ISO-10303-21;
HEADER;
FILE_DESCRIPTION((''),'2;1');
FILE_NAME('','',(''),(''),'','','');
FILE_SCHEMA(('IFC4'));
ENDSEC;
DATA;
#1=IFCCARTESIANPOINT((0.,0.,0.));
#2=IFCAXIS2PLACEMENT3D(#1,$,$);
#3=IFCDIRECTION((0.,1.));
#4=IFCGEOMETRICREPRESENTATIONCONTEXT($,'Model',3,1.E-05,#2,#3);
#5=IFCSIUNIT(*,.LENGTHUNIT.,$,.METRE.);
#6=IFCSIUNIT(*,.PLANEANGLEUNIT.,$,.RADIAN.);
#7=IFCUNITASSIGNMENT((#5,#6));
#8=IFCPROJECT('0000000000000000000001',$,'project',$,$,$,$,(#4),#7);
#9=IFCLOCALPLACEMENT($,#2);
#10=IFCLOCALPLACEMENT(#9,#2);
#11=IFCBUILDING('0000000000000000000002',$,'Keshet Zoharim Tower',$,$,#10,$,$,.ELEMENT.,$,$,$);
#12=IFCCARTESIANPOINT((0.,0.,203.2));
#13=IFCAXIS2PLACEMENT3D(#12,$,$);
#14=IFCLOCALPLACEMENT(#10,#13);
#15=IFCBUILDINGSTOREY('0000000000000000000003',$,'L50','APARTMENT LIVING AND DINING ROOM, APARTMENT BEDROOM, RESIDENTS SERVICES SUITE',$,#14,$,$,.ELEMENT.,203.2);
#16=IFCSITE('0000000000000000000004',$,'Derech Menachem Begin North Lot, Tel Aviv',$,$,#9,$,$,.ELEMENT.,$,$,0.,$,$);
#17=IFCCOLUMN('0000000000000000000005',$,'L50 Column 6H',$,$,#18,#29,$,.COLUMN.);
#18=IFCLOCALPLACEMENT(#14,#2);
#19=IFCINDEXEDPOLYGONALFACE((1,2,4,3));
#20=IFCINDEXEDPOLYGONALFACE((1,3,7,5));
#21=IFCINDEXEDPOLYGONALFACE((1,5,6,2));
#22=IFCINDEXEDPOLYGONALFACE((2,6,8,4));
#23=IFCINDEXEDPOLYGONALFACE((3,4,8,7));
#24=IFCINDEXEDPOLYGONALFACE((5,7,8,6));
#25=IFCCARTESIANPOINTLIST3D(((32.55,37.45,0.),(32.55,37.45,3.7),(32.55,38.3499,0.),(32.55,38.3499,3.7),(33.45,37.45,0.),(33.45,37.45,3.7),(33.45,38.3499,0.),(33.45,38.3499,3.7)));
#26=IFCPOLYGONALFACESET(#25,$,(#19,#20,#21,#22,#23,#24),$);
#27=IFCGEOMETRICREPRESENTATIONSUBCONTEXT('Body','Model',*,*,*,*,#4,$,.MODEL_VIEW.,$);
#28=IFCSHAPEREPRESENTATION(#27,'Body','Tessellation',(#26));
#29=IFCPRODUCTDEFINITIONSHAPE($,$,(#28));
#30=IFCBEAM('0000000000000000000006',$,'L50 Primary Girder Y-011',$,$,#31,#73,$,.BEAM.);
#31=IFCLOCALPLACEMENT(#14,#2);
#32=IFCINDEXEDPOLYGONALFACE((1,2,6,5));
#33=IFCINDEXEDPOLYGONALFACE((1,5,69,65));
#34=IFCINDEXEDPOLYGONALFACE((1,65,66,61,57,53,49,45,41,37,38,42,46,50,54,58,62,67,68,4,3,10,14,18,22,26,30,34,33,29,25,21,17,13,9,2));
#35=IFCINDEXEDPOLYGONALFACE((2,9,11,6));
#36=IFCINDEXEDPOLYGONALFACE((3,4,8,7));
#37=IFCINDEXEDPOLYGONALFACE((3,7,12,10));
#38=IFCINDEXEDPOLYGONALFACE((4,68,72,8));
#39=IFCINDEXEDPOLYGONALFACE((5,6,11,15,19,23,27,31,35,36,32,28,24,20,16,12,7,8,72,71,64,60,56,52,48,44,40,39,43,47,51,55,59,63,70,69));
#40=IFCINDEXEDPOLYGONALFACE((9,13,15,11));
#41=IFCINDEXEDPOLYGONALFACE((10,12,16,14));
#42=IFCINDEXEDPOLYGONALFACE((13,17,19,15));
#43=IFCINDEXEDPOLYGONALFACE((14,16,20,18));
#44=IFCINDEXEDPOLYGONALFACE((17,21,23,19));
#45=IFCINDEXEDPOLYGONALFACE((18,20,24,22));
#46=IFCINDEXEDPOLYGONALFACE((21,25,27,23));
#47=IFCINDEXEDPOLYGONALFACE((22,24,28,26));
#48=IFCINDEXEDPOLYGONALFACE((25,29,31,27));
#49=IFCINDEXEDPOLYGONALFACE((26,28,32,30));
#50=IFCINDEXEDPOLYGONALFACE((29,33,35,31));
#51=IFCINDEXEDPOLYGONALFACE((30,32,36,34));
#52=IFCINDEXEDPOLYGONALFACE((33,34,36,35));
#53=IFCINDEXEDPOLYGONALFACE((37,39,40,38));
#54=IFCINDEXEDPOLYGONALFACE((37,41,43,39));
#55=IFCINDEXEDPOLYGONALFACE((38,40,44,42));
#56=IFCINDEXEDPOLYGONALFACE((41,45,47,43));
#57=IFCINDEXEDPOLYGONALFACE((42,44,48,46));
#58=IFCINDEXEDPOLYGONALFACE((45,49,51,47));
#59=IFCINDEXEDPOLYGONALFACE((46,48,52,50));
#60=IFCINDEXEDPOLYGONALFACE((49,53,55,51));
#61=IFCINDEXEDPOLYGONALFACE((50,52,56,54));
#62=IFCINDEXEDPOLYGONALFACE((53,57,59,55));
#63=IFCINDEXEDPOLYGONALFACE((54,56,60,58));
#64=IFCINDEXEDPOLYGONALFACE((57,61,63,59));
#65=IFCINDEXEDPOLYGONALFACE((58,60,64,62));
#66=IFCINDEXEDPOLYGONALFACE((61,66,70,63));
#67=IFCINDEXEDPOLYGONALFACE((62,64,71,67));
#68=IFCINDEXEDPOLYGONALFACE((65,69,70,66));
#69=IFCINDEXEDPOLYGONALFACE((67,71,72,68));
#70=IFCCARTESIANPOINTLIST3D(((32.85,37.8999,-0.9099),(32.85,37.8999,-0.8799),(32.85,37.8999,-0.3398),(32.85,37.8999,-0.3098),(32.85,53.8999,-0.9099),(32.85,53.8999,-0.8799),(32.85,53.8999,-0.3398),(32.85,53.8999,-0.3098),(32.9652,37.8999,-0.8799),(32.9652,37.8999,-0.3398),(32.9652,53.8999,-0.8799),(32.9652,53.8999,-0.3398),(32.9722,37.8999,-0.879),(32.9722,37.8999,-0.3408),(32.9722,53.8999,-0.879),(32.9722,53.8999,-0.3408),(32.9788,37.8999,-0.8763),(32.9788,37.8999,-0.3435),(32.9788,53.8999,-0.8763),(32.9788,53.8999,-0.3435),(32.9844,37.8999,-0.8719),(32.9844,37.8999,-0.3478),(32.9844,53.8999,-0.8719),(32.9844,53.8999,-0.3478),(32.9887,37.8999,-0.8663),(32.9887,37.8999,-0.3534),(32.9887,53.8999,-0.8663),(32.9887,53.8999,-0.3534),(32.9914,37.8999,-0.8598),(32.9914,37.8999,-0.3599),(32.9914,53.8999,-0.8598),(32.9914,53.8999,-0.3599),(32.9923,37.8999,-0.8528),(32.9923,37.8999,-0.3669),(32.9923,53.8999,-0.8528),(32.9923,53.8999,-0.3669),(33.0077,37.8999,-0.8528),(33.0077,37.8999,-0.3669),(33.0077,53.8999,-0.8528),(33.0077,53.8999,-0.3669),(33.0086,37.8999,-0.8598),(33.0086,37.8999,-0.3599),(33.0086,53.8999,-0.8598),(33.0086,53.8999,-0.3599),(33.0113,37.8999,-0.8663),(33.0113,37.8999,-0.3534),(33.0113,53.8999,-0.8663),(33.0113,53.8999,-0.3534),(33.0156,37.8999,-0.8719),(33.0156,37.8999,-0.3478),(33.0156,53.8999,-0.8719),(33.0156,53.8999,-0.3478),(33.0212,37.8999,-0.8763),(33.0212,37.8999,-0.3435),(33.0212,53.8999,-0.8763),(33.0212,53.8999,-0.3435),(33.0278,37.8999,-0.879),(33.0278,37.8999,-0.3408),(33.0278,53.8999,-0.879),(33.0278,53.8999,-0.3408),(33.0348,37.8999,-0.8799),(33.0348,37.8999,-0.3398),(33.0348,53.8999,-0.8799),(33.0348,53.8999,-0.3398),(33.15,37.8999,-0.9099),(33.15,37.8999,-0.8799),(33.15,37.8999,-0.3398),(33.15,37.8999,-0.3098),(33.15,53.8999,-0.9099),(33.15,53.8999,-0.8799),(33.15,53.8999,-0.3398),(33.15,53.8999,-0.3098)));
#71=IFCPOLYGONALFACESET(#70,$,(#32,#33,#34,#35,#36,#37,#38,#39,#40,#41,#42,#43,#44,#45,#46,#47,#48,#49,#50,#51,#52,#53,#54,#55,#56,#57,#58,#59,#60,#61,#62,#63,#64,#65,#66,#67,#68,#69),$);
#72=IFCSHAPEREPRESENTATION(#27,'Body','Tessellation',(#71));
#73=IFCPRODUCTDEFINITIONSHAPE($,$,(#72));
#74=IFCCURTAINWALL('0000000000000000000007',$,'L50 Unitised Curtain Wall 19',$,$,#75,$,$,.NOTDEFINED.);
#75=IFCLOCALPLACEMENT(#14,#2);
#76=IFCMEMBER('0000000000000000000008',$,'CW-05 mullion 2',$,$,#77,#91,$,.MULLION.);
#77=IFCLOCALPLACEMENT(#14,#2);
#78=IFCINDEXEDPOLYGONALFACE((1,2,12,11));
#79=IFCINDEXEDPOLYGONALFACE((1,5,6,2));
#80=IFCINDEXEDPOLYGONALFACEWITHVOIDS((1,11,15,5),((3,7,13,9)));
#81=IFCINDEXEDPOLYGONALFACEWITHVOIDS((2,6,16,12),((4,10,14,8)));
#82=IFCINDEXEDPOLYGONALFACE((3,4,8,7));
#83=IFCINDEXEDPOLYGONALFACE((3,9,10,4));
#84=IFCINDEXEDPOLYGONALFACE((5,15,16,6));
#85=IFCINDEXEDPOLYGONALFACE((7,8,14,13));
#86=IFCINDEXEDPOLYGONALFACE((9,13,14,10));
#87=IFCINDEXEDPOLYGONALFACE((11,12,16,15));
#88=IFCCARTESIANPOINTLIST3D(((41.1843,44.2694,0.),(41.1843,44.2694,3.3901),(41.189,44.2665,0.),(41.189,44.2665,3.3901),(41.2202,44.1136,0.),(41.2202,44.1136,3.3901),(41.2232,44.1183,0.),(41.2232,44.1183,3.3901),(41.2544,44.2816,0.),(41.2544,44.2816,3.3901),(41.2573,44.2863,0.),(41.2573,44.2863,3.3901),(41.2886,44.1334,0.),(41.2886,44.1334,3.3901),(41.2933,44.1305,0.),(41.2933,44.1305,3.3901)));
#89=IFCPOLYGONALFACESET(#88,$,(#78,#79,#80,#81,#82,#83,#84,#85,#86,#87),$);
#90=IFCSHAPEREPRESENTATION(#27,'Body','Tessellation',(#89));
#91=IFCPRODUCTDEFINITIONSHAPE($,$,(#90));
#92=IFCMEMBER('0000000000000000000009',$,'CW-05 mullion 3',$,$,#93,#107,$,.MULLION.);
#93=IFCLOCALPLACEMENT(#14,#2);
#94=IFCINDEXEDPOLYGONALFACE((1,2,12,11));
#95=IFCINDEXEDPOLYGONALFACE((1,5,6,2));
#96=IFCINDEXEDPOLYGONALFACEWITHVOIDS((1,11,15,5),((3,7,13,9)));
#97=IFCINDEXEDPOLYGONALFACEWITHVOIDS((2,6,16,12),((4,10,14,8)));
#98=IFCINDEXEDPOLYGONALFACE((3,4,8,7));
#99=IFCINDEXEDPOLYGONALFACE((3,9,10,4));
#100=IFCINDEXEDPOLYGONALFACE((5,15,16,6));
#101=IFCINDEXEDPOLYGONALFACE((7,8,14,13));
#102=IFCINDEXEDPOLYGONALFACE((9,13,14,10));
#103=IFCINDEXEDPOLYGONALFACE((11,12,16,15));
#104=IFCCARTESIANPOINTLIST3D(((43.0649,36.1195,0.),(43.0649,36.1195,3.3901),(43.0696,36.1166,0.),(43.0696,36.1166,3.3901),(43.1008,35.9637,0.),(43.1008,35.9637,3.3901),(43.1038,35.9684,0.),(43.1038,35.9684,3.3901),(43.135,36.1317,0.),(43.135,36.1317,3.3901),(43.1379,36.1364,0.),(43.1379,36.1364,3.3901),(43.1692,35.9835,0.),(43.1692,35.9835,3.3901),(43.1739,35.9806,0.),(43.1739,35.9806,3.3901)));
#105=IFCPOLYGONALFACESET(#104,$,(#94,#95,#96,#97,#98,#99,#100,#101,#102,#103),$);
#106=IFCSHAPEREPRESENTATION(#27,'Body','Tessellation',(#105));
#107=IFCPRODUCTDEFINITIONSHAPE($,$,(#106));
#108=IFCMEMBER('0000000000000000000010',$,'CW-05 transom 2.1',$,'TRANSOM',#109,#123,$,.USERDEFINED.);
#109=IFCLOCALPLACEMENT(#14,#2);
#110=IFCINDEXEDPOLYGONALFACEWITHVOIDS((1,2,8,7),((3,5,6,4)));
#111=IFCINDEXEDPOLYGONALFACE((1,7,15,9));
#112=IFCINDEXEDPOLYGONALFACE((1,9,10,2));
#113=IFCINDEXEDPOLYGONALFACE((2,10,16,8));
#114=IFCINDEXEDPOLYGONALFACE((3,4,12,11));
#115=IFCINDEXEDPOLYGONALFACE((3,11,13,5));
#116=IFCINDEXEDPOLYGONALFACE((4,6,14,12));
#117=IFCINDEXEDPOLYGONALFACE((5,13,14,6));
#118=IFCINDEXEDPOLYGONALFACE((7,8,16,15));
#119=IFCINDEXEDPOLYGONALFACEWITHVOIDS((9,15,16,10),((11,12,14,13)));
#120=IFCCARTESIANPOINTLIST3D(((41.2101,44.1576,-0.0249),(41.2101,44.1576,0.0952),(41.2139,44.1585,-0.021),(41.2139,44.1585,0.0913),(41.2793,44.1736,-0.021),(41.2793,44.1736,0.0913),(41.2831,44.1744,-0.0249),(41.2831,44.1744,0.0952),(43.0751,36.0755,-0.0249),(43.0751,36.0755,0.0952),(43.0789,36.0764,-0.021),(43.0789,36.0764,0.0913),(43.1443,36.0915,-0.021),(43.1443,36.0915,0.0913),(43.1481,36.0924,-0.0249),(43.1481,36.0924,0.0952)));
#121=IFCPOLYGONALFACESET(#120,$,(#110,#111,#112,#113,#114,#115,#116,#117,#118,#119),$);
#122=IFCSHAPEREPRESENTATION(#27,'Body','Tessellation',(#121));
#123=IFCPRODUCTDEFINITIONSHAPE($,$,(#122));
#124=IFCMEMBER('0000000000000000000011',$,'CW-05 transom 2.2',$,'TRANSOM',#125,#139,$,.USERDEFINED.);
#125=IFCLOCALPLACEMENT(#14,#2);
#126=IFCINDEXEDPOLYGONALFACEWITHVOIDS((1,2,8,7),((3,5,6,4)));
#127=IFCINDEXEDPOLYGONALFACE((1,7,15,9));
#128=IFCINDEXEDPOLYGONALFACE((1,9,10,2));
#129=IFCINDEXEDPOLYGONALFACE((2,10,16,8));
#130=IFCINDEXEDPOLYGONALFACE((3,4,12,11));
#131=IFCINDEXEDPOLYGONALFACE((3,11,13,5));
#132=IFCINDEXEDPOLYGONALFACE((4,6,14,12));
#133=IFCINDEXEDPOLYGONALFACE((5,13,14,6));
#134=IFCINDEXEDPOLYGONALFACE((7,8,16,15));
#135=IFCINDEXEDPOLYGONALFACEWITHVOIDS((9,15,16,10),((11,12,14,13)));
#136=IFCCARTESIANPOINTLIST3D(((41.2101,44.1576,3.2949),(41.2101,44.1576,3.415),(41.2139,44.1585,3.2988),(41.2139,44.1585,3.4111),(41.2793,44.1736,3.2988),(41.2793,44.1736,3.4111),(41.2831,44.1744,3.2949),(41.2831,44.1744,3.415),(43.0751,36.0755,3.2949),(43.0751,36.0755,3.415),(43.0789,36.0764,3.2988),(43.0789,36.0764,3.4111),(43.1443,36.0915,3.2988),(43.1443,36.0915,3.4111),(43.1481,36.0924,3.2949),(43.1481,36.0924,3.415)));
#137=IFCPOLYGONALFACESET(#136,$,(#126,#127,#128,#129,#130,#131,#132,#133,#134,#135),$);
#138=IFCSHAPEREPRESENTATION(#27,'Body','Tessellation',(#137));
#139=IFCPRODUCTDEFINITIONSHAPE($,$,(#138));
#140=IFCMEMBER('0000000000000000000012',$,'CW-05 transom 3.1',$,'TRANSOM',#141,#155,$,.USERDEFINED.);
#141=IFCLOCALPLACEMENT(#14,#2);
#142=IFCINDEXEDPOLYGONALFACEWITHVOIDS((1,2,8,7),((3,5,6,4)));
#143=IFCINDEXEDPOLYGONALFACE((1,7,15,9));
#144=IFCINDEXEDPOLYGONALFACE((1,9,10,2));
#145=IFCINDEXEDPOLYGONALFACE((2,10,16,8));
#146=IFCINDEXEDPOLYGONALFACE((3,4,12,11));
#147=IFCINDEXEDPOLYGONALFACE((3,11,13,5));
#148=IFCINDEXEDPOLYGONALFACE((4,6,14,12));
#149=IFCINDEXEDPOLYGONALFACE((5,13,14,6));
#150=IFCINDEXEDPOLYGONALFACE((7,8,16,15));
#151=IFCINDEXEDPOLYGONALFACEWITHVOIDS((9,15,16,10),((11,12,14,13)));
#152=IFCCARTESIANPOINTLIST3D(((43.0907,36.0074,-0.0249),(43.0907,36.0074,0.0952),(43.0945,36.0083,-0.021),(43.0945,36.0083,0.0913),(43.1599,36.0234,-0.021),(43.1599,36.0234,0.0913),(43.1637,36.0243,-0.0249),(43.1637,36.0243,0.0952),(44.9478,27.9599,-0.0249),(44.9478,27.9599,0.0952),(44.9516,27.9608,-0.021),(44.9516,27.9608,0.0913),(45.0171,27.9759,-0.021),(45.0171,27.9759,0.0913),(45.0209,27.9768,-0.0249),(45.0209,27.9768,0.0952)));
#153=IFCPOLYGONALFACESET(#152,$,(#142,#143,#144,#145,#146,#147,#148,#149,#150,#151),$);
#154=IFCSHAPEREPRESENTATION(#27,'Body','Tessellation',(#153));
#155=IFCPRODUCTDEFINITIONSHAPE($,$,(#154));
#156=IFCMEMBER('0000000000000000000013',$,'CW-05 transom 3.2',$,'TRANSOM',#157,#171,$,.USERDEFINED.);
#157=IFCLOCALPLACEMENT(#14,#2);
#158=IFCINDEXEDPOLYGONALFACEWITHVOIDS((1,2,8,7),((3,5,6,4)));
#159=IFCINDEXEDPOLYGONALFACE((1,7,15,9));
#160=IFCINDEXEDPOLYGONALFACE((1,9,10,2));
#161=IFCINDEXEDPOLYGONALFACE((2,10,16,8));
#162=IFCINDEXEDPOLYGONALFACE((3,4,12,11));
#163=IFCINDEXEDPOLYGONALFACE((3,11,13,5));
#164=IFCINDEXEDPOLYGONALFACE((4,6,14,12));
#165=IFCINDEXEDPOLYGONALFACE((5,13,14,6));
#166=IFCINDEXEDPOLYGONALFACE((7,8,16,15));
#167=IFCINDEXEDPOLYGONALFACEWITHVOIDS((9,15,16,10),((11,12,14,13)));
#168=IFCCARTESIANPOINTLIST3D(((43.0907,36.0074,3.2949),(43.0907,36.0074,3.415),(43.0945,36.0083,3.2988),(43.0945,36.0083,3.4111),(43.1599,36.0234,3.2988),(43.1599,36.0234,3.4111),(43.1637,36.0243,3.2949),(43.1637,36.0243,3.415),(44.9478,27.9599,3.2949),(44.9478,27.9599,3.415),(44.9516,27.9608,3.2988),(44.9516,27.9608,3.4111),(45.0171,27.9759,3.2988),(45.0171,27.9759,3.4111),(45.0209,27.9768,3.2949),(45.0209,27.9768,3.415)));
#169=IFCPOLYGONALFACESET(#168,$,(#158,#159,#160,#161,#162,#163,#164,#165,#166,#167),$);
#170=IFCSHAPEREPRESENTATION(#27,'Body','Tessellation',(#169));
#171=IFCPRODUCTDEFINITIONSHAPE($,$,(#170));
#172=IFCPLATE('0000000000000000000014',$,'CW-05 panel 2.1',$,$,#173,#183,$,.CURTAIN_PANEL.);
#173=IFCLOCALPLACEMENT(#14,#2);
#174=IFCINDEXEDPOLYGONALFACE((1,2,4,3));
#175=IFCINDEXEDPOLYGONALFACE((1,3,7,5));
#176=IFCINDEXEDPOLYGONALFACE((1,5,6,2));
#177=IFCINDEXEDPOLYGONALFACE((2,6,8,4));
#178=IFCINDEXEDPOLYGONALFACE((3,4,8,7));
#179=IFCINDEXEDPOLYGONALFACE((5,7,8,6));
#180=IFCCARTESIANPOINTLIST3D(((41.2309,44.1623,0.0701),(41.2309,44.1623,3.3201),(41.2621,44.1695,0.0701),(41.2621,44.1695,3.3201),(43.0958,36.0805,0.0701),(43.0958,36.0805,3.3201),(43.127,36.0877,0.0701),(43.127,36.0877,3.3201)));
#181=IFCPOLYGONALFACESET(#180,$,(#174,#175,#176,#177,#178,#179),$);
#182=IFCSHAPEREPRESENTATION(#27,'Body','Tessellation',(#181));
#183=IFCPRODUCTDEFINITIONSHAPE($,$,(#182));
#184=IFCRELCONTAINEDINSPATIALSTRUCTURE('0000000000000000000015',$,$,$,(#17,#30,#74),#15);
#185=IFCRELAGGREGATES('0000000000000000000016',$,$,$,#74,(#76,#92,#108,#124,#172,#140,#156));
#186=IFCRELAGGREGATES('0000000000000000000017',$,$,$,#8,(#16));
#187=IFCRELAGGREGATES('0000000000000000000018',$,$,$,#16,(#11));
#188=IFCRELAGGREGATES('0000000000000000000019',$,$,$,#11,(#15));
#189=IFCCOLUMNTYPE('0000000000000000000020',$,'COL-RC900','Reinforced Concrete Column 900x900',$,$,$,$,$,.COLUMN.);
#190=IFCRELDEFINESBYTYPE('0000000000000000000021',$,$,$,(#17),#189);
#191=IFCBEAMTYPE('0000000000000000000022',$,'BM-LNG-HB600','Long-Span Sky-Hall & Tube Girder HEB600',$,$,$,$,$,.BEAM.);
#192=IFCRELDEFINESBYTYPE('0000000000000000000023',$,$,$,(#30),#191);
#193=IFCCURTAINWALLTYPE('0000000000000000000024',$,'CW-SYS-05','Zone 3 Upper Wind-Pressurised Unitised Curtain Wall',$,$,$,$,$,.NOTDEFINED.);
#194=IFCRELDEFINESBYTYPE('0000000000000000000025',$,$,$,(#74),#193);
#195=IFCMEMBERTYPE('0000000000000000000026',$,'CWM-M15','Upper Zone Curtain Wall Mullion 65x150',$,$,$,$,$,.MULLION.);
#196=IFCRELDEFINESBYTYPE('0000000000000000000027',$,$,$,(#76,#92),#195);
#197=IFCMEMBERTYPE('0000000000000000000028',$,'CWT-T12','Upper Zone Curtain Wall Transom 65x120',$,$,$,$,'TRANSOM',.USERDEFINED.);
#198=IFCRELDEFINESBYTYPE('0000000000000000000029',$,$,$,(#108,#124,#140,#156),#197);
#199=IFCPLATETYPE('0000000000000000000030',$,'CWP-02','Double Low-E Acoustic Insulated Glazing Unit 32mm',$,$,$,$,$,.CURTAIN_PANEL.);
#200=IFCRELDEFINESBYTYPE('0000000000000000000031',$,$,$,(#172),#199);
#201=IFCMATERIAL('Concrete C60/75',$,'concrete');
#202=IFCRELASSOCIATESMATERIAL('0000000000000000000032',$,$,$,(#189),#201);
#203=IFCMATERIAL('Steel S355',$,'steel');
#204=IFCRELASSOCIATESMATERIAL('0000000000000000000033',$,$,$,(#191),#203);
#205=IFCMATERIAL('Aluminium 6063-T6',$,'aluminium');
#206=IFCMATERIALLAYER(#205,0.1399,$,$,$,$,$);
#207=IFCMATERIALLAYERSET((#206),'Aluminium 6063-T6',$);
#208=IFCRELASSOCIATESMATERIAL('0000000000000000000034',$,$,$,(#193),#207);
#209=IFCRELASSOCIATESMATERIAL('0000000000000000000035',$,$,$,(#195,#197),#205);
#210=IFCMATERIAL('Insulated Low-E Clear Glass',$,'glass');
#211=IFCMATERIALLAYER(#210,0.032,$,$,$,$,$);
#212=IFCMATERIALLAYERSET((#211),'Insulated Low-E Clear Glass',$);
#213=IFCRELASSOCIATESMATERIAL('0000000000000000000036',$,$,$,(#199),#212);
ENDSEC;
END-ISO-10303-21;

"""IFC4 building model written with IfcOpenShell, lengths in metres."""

from ifc_helpers import new_model, si_unit, direction, frame, origin, origin_2d, place, context, subcontext, project, spatial, rectangle, hollow_rectangle, i_section, extrude, material, layer, layer_set, material_profile, profile_set, type_object, element, aggregate, save


model = new_model("IFC4")

# Units and contexts
model_context = context("Model", 3, precision=1e-05, world=origin(), true_north=direction((0.0, 1.0)))
body_context = subcontext(model_context, "Body", "Model", "MODEL_VIEW")
ifc_project = project(units=[si_unit("LENGTHUNIT", "METRE"), si_unit("PLANEANGLEUNIT", "RADIAN")], contexts=[model_context])

# Site, building, storey
site_placement = place(None, origin())
site = spatial("IfcSite", under=ifc_project, at=site_placement, Name="Derech Menachem Begin North Lot, Tel Aviv", CompositionType="ELEMENT", RefElevation=0.0)
building_placement = place(site_placement, origin())
building = spatial("IfcBuilding", under=site, at=building_placement, Name="Keshet Zoharim Tower", CompositionType="ELEMENT")
storey_placement = place(building_placement, frame((0.0, 0.0, 203.2)))
storey = spatial("IfcBuildingStorey", under=building, at=storey_placement, Name="L50", Description="APARTMENT LIVING AND DINING ROOM, APARTMENT BEDROOM, RESIDENTS SERVICES SUITE", CompositionType="ELEMENT", Elevation=203.2)

# Column
ifc_material_1 = material(Name="Concrete C60/75", Category="concrete")
ifc_material_profile_1 = material_profile(ifc_material_1, rectangle(XDim=0.8999, YDim=0.8999, at=origin_2d()), Name="RC900x900")
ifc_profile_set_1 = profile_set([ifc_material_profile_1], Name="Concrete C60/75")
column_type = type_object("IfcColumnType", Name="COL-RC900", Description="Reinforced Concrete Column 900x900", PredefinedType="COLUMN", material=ifc_profile_set_1)
column_placement = place(storey_placement, frame((33.0, 37.8999, 0.0), z_axis=(0.0, 0.0, 1.0), x_axis=(1.0, 0.0, 0.0)))
element("IfcColumn", 1, at=column_placement, inside=storey, type_object=column_type, Name="L50 Column 6H", PredefinedType="COLUMN", context=body_context, shape_type="SweptSolid", body=[
    extrude(rectangle(XDim=0.8999, YDim=0.8999, at=origin_2d()), origin(), (0.0, 0.0, 1.0), 3.7),
])

# Beam
ifc_material_2 = material(Name="Steel S355", Category="steel")
ifc_material_profile_2 = material_profile(ifc_material_2, i_section(OverallWidth=0.3, OverallDepth=0.6001, WebThickness=0.0154, FlangeThickness=0.03, FilletRadius=0.0271, at=origin_2d()), Name="HEB600")
ifc_profile_set_2 = profile_set([ifc_material_profile_2], Name="Steel S355")
beam_type = type_object("IfcBeamType", Name="BM-LNG-HB600", Description="Long-Span Sky-Hall & Tube Girder HEB600", PredefinedType="BEAM", material=ifc_profile_set_2)
beam_placement = place(storey_placement, frame((33.0, 37.8999, -0.6099), z_axis=(0.0, 1.0, 0.0), x_axis=(-1.0, 0.0, 0.0)))
element("IfcBeam", 2, at=beam_placement, inside=storey, type_object=beam_type, Name="L50 Primary Girder Y-011", PredefinedType="BEAM", context=body_context, shape_type="SweptSolid", body=[
    extrude(i_section(OverallWidth=0.3, OverallDepth=0.6001, WebThickness=0.0154, FlangeThickness=0.03, FilletRadius=0.0271, at=origin_2d()), origin(), (0.0, 0.0, 1.0), 16.0),
])

# Curtain wall, members, plate
ifc_material_3 = material(Name="Aluminium 6063-T6", Category="aluminium")
ifc_layer_1 = layer(ifc_material_3, 0.1399)
ifc_layer_set_1 = layer_set([ifc_layer_1], Name="Aluminium 6063-T6")
curtain_wall_type = type_object("IfcCurtainWallType", Name="CW-SYS-05", Description="Zone 3 Upper Wind-Pressurised Unitised Curtain Wall", PredefinedType="NOTDEFINED", material=ifc_layer_set_1)
curtain_wall_placement = place(storey_placement, origin())
curtain_wall = element("IfcCurtainWall", 3, at=curtain_wall_placement, inside=storey, type_object=curtain_wall_type, Name="L50 Unitised Curtain Wall 19", PredefinedType="NOTDEFINED")
ifc_material_profile_3 = material_profile(ifc_material_3, hollow_rectangle(XDim=0.075, YDim=0.1599, WallThickness=0.0039, at=origin_2d()), Name="MUL-75x160")
ifc_profile_set_3 = profile_set([ifc_material_profile_3], Name="Aluminium 6063-T6")
member_type_1 = type_object("IfcMemberType", Name="CWM-M15", Description="Upper Zone Curtain Wall Mullion 65x150", PredefinedType="MULLION", material=ifc_profile_set_3)
member_1_placement = place(storey_placement, frame((41.2388, 44.2, 0.0), z_axis=(0.0, 0.0, 1.0), x_axis=(0.974394, 0.224848, 0.0)))
member_1 = element("IfcMember", 4, at=member_1_placement, type_object=member_type_1, Name="CW-05 mullion 2", PredefinedType="MULLION", context=body_context, shape_type="SweptSolid", body=[
    extrude(hollow_rectangle(XDim=0.075, YDim=0.1599, WallThickness=0.0039, at=origin_2d()), origin(), (0.0, 0.0, 1.0), 3.3901),
])
member_2_placement = place(storey_placement, frame((43.1194, 36.05, 0.0), z_axis=(0.0, 0.0, 1.0), x_axis=(0.974394, 0.224848, 0.0)))
member_2 = element("IfcMember", 5, at=member_2_placement, type_object=member_type_1, Name="CW-05 mullion 3", PredefinedType="MULLION", context=body_context, shape_type="SweptSolid", body=[
    extrude(hollow_rectangle(XDim=0.075, YDim=0.1599, WallThickness=0.0039, at=origin_2d()), origin(), (0.0, 0.0, 1.0), 3.3901),
])
ifc_material_profile_4 = material_profile(ifc_material_3, hollow_rectangle(XDim=0.075, YDim=0.1201, WallThickness=0.0039, at=origin_2d()), Name="TRN-75x120")
ifc_profile_set_4 = profile_set([ifc_material_profile_4], Name="Aluminium 6063-T6")
member_type_2 = type_object("IfcMemberType", Name="CWT-T12", Description="Upper Zone Curtain Wall Transom 65x120", ElementType="TRANSOM", PredefinedType="USERDEFINED", material=ifc_profile_set_4)
member_3_placement = place(storey_placement, frame((41.2466, 44.166, 0.0352), z_axis=(0.224849, -0.974394, 0.0), x_axis=(0.974394, 0.224849, 0.0)))
member_3 = element("IfcMember", 6, at=member_3_placement, type_object=member_type_2, Name="CW-05 transom 2.1", ObjectType="TRANSOM", PredefinedType="USERDEFINED", context=body_context, shape_type="SweptSolid", body=[
    extrude(hollow_rectangle(XDim=0.075, YDim=0.1201, WallThickness=0.0039, at=origin_2d()), origin(), (0.0, 0.0, 1.0), 8.2944),
])
member_4_placement = place(storey_placement, frame((41.2466, 44.166, 3.355), z_axis=(0.224849, -0.974394, 0.0), x_axis=(0.974394, 0.224849, 0.0)))
member_4 = element("IfcMember", 7, at=member_4_placement, type_object=member_type_2, Name="CW-05 transom 2.2", ObjectType="TRANSOM", PredefinedType="USERDEFINED", context=body_context, shape_type="SweptSolid", body=[
    extrude(hollow_rectangle(XDim=0.075, YDim=0.1201, WallThickness=0.0039, at=origin_2d()), origin(), (0.0, 0.0, 1.0), 8.2944),
])
member_5_placement = place(storey_placement, frame((43.1272, 36.0159, 0.0352), z_axis=(0.224864, -0.97439, 0.0), x_axis=(0.97439, 0.224864, 0.0)))
member_5 = element("IfcMember", 8, at=member_5_placement, type_object=member_type_2, Name="CW-05 transom 3.1", ObjectType="TRANSOM", PredefinedType="USERDEFINED", context=body_context, shape_type="SweptSolid", body=[
    extrude(hollow_rectangle(XDim=0.075, YDim=0.1201, WallThickness=0.0039, at=origin_2d()), origin(), (0.0, 0.0, 1.0), 8.259),
])
member_6_placement = place(storey_placement, frame((43.1272, 36.0159, 3.355), z_axis=(0.224864, -0.97439, 0.0), x_axis=(0.97439, 0.224864, 0.0)))
member_6 = element("IfcMember", 9, at=member_6_placement, type_object=member_type_2, Name="CW-05 transom 3.2", ObjectType="TRANSOM", PredefinedType="USERDEFINED", context=body_context, shape_type="SweptSolid", body=[
    extrude(hollow_rectangle(XDim=0.075, YDim=0.1201, WallThickness=0.0039, at=origin_2d()), origin(), (0.0, 0.0, 1.0), 8.259),
])
ifc_material_4 = material(Name="Insulated Low-E Clear Glass", Category="glass")
ifc_layer_2 = layer(ifc_material_4, 0.032)
ifc_layer_set_2 = layer_set([ifc_layer_2], Name="Insulated Low-E Clear Glass")
plate_type = type_object("IfcPlateType", Name="CWP-02", Description="Double Low-E Acoustic Insulated Glazing Unit 32mm", PredefinedType="CURTAIN_PANEL", material=ifc_layer_set_2)
plate_placement = place(storey_placement, frame((42.179, 40.125, 0.0701), z_axis=(0.0, 0.0, 1.0), x_axis=(0.224848, -0.974394, 0.0)))
plate = element("IfcPlate", 10, at=plate_placement, type_object=plate_type, Name="CW-05 panel 2.1", PredefinedType="CURTAIN_PANEL", context=body_context, shape_type="SweptSolid", body=[
    extrude(rectangle(XDim=8.2942, YDim=0.032, at=origin_2d()), origin(), (0.0, 0.0, 1.0), 3.25),
])
aggregate(curtain_wall, [member_1, member_2, member_3, member_4, plate, member_5, member_6])

save(model, "model.ifc")
